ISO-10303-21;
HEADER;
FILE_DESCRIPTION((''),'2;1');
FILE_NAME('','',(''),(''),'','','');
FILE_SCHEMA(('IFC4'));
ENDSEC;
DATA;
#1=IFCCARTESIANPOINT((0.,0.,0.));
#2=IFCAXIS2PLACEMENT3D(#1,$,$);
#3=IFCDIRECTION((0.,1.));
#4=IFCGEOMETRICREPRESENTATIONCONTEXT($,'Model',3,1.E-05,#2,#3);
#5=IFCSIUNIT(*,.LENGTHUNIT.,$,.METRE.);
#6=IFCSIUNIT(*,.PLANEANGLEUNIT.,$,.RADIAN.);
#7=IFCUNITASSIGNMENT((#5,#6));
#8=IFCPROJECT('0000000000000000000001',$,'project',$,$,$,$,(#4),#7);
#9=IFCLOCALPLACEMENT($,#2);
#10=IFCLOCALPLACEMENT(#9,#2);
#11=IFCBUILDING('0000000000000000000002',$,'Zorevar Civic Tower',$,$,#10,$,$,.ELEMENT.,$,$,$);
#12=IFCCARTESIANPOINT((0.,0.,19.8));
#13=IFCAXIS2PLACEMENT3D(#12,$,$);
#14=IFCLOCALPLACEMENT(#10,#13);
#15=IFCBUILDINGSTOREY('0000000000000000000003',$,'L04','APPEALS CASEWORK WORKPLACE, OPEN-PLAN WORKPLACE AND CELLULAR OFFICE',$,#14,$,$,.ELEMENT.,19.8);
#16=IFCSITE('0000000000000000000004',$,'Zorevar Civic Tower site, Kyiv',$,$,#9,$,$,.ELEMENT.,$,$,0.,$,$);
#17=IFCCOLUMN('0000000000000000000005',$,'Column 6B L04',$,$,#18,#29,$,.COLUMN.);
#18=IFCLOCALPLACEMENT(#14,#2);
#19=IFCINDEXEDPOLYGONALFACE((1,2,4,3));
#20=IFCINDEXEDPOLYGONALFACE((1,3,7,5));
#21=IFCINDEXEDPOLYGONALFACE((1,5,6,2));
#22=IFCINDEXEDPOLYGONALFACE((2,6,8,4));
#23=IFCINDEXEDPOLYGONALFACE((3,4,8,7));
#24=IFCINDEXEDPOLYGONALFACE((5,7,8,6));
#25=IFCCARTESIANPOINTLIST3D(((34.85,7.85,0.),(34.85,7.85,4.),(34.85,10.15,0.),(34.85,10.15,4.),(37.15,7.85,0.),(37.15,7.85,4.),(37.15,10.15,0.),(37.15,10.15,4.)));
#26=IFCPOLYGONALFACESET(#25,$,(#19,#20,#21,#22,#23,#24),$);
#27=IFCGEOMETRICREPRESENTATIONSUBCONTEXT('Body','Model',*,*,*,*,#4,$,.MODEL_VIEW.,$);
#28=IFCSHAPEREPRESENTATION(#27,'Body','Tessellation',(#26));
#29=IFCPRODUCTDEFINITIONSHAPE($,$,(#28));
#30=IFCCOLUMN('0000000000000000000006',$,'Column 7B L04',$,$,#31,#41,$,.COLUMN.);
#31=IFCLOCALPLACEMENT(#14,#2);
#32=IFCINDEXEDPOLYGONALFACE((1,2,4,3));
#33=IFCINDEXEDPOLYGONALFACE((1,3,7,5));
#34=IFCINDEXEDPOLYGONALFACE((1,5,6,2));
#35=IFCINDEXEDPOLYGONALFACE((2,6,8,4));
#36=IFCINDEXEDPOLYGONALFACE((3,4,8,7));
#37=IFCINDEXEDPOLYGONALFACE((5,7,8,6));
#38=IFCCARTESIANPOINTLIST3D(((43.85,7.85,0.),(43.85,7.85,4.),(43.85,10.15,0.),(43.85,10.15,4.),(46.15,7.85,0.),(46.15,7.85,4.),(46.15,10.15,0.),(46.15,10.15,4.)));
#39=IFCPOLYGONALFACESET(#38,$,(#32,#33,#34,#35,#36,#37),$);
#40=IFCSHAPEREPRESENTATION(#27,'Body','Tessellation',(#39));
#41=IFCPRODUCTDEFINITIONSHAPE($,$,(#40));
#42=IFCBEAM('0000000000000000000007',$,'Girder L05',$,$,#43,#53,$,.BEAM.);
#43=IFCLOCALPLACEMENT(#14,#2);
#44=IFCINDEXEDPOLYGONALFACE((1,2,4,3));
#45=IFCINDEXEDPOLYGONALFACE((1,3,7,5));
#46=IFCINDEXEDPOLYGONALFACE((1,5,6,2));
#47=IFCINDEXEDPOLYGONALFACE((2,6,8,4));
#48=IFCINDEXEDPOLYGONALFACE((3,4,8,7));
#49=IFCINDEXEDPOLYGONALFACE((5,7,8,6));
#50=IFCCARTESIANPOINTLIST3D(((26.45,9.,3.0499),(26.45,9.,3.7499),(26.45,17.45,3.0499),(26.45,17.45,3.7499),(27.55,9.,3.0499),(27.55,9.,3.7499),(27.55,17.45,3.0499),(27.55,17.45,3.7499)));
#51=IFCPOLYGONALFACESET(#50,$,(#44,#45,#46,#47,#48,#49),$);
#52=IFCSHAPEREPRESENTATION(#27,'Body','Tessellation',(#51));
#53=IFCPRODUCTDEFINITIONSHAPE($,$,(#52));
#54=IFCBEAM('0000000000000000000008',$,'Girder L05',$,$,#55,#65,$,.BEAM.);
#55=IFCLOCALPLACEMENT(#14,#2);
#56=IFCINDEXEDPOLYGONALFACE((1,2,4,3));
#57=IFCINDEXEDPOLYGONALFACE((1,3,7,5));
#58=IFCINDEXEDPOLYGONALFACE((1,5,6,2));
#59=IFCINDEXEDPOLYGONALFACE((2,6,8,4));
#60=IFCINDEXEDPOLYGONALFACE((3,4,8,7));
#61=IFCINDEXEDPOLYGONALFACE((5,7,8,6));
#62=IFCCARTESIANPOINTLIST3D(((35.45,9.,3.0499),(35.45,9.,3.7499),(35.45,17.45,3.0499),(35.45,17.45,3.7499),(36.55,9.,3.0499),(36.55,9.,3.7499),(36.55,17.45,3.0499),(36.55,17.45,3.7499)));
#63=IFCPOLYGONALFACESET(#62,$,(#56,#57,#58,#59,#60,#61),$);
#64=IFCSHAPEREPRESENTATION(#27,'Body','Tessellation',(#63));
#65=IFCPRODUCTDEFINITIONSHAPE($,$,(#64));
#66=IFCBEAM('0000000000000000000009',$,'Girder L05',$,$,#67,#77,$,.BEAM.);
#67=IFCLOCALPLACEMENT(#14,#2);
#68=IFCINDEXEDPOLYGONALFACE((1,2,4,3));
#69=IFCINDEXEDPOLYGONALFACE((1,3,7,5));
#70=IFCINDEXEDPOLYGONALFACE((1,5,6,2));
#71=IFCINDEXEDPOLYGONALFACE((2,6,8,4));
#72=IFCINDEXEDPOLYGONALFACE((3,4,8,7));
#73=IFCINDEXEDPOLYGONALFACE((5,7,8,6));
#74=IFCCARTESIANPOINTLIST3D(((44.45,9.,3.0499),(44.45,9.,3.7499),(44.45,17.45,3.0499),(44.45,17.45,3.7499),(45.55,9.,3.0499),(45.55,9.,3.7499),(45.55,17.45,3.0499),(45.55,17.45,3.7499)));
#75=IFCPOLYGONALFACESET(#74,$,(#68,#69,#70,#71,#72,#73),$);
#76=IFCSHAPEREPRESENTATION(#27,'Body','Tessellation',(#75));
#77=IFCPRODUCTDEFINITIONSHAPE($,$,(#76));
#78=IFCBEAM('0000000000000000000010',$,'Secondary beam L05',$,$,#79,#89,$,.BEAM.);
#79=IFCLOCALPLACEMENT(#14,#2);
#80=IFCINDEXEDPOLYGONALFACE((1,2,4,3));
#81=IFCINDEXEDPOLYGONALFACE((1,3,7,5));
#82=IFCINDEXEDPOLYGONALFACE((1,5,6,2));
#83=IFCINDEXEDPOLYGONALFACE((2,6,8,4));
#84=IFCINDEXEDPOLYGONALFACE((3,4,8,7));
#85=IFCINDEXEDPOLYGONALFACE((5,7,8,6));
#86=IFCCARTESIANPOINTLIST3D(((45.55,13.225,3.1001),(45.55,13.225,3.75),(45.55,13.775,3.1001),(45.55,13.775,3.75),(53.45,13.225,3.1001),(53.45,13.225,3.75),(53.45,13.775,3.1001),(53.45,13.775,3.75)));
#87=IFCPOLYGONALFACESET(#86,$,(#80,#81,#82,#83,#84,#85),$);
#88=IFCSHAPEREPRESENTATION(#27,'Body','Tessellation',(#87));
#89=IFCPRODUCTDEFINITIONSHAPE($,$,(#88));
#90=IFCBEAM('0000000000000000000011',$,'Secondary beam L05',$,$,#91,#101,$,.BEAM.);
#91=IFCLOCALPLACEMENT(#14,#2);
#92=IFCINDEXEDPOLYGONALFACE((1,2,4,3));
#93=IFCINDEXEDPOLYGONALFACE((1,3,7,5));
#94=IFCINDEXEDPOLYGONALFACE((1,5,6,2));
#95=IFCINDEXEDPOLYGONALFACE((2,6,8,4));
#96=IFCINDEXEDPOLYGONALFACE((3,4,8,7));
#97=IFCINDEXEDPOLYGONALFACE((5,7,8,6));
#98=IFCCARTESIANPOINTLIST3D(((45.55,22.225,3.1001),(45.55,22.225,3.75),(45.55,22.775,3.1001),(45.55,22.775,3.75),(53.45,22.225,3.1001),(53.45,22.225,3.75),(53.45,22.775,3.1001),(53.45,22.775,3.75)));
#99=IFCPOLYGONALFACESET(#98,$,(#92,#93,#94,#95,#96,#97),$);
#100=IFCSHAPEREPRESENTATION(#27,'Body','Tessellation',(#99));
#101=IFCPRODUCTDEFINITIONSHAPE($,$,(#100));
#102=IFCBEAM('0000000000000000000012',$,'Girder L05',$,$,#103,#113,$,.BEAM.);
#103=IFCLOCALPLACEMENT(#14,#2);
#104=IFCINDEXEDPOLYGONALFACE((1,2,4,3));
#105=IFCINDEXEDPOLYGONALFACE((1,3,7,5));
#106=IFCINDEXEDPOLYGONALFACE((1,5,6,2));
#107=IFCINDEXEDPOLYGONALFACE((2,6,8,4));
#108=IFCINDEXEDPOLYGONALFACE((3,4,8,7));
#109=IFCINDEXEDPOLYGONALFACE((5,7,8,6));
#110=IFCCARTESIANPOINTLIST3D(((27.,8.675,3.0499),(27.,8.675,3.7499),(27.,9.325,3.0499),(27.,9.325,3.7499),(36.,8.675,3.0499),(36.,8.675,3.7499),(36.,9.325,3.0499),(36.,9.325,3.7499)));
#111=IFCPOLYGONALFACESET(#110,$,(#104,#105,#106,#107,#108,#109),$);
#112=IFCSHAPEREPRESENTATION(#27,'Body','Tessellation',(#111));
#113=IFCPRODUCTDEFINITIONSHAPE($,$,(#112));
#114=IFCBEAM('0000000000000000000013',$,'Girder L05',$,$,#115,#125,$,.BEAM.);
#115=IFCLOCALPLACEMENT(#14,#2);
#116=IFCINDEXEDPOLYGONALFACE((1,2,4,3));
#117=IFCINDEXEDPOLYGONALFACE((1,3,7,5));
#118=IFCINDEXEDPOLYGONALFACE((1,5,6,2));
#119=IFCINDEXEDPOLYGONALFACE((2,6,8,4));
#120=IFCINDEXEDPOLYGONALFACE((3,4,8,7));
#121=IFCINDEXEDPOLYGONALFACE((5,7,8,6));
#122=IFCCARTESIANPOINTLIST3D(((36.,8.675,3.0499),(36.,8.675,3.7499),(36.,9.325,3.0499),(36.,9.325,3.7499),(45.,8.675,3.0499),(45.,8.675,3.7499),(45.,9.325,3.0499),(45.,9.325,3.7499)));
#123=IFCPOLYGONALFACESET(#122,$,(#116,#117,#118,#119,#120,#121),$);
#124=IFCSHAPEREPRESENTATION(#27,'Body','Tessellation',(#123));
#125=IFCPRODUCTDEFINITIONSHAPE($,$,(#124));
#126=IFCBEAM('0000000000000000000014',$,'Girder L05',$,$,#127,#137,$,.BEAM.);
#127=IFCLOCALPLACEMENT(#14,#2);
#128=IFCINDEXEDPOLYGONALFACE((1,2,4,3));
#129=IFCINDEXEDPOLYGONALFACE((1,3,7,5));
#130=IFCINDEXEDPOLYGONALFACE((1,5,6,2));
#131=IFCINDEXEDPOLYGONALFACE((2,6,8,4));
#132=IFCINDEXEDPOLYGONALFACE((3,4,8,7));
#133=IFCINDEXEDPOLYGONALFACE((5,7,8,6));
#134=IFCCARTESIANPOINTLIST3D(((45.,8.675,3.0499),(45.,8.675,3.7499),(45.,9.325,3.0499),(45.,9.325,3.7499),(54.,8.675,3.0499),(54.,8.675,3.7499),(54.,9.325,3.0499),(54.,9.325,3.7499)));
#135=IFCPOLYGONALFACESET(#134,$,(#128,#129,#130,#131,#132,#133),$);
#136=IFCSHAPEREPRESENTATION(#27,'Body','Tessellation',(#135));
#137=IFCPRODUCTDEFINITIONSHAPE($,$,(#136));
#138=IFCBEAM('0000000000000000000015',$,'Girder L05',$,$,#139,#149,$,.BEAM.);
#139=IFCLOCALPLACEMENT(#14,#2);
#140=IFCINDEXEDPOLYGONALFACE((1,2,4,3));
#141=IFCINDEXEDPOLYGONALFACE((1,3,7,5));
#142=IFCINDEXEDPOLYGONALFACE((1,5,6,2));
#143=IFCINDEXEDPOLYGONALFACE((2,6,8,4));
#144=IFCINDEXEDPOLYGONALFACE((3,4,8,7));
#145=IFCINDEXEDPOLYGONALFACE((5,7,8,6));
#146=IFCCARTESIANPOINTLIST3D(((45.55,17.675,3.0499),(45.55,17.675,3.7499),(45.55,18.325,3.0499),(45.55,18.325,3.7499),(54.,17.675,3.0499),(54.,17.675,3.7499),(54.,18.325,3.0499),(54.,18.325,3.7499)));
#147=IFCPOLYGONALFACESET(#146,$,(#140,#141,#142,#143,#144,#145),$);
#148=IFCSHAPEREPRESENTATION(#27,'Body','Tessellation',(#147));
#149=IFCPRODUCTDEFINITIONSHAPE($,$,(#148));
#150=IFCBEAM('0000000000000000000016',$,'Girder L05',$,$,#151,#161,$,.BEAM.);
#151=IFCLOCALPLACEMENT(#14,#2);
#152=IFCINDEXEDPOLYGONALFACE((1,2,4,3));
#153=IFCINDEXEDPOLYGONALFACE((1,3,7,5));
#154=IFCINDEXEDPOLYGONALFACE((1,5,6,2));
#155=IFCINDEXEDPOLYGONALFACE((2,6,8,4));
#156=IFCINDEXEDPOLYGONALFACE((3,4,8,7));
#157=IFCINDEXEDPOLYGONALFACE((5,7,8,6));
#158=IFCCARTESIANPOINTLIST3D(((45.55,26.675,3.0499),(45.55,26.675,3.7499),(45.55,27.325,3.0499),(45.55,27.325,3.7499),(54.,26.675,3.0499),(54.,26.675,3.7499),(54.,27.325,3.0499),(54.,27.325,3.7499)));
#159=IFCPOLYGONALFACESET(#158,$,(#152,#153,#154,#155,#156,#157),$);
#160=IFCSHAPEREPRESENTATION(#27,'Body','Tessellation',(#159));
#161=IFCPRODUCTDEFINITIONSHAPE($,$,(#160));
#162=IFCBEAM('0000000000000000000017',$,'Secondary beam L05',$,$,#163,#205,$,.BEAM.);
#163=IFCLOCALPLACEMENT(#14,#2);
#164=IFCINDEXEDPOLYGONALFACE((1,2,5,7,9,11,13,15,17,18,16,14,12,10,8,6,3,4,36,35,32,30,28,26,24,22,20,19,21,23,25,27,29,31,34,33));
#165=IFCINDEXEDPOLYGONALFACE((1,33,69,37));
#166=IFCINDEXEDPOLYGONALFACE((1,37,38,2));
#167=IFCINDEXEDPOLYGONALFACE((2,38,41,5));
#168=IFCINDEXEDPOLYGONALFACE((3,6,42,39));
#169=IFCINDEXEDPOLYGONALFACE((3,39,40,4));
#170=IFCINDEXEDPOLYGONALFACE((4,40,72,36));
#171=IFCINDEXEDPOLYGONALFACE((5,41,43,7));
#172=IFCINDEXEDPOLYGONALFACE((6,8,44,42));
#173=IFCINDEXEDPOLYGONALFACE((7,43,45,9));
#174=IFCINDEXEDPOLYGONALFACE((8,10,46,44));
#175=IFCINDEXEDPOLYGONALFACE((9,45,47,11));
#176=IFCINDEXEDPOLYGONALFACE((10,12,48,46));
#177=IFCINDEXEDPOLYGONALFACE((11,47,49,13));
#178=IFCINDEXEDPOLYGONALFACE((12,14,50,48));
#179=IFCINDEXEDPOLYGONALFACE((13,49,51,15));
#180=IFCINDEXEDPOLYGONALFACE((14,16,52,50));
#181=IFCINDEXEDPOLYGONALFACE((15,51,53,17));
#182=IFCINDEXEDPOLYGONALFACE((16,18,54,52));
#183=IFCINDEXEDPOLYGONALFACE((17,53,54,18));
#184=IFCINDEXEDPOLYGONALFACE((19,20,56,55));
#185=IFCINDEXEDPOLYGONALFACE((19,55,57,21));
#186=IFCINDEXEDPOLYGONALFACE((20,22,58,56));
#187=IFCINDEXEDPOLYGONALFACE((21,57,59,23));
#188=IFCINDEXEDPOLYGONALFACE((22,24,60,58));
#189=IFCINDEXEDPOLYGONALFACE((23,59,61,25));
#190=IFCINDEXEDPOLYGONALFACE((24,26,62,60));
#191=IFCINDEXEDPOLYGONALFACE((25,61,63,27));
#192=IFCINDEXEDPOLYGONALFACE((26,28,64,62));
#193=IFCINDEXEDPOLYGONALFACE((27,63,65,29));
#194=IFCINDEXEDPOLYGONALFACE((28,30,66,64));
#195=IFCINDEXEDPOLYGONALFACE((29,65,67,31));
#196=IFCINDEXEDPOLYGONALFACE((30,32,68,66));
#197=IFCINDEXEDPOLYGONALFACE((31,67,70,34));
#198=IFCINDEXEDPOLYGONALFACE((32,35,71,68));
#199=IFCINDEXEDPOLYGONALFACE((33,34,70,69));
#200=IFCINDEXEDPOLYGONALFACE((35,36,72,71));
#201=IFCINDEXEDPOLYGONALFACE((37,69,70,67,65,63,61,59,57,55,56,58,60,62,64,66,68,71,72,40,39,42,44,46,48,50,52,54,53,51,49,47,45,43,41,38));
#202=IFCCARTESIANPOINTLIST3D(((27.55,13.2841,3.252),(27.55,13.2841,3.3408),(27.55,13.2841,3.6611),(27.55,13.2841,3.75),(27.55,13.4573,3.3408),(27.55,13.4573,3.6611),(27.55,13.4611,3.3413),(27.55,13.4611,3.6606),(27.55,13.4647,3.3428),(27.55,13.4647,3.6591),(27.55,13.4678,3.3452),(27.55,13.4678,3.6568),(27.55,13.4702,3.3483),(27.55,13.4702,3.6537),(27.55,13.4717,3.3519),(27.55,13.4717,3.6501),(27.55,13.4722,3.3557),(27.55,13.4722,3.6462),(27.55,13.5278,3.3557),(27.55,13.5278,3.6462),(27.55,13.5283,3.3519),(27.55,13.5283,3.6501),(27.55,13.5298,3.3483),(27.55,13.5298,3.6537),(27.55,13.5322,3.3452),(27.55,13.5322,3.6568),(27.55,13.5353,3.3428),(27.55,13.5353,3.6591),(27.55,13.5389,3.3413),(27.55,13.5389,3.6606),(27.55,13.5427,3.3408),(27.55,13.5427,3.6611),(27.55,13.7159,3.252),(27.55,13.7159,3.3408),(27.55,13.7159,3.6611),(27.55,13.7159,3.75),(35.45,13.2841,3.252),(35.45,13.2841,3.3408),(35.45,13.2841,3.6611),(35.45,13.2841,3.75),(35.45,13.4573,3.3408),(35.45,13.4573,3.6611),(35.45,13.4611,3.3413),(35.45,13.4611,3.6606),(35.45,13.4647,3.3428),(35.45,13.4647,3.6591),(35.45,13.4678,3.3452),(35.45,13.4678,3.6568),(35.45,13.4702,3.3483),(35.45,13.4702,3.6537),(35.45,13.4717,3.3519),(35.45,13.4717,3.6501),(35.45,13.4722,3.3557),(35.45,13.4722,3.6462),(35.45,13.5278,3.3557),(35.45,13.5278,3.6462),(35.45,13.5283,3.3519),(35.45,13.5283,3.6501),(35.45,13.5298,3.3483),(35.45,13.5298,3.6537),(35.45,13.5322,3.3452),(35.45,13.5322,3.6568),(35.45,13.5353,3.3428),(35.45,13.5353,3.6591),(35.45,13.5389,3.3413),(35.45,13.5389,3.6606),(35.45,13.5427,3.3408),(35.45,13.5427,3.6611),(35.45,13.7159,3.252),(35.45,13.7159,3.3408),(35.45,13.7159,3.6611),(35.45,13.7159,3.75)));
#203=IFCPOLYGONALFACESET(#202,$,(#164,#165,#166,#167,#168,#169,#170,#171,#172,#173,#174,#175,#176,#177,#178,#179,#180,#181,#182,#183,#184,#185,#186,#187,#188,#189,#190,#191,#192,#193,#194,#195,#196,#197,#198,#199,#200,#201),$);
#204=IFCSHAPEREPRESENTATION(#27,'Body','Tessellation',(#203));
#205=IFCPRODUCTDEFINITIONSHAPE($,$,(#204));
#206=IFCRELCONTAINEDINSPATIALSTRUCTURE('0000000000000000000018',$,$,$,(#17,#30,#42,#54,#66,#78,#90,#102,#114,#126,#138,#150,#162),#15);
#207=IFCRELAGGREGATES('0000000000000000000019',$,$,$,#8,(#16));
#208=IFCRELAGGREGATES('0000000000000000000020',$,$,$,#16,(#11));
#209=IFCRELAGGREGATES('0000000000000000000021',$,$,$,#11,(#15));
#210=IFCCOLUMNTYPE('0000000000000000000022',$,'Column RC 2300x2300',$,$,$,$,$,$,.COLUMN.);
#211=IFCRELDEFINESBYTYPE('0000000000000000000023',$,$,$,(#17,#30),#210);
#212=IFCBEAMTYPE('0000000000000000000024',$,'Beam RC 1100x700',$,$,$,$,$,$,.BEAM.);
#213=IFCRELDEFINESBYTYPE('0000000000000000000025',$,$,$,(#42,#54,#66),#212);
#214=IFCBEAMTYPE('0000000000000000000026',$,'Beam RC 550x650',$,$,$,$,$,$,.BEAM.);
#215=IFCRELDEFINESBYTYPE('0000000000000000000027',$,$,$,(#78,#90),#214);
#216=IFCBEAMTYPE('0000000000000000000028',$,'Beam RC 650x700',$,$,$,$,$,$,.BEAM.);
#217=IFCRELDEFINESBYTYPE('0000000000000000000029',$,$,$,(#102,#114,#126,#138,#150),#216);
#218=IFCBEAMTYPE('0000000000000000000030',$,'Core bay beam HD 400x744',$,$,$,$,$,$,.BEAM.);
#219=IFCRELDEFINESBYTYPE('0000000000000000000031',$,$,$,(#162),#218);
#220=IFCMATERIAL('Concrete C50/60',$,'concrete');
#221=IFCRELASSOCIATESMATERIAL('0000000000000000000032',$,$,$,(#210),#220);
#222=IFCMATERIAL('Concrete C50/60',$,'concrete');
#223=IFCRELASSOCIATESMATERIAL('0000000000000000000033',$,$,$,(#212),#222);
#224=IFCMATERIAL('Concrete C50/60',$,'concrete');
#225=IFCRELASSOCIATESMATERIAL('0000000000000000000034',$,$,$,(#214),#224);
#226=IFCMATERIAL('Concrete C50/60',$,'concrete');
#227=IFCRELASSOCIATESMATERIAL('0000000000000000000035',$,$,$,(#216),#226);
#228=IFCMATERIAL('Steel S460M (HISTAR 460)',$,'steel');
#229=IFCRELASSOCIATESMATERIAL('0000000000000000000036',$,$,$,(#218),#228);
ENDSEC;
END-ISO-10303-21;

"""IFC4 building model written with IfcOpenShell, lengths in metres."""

from ifc_helpers import new_model, si_unit, direction, frame, origin, origin_2d, place, context, subcontext, project, spatial, rectangle, i_section, extrude, material, material_profile, profile_set, type_object, element, save


model = new_model("IFC4")

# Units and contexts
model_context = context("Model", 3, precision=1e-05, world=origin(), true_north=direction((0.0, 1.0)))
body_context = subcontext(model_context, "Body", "Model", "MODEL_VIEW")
ifc_project = project(units=[si_unit("LENGTHUNIT", "METRE"), si_unit("PLANEANGLEUNIT", "RADIAN")], contexts=[model_context])

# Site, building, storey
site_placement = place(None, origin())
site = spatial("IfcSite", under=ifc_project, at=site_placement, Name="Zorevar Civic Tower site, Kyiv", CompositionType="ELEMENT", RefElevation=0.0)
building_placement = place(site_placement, origin())
building = spatial("IfcBuilding", under=site, at=building_placement, Name="Zorevar Civic Tower", CompositionType="ELEMENT")
storey_placement = place(building_placement, frame((0.0, 0.0, 19.8)))
storey = spatial("IfcBuildingStorey", under=building, at=storey_placement, Name="L04", Description="APPEALS CASEWORK WORKPLACE, OPEN-PLAN WORKPLACE AND CELLULAR OFFICE", CompositionType="ELEMENT", Elevation=19.8)

# Columns
ifc_material_1 = material(Name="Concrete C50/60", Category="concrete")
ifc_material_profile_1 = material_profile(ifc_material_1, rectangle(XDim=2.3, YDim=2.3, at=origin_2d()), Name="RC 2300x2300")
ifc_profile_set_1 = profile_set([ifc_material_profile_1], Name="Concrete C50/60")
column_type = type_object("IfcColumnType", Name="Column RC 2300x2300", PredefinedType="COLUMN", material=ifc_profile_set_1)
for number, where, z_axis, x_axis, name in (
    (1, (36.0, 9.0, 0.0), (0.0, 0.0, 1.0), (1.0, 0.0, 0.0), "Column 6B L04"),
    (2, (45.0, 9.0, 0.0), (0.0, 0.0, 1.0), (1.0, 0.0, 0.0), "Column 7B L04"),
):
    element("IfcColumn", number, at=place(storey_placement, frame(where, z_axis=z_axis, x_axis=x_axis)), inside=storey, type_object=column_type, Name=name, PredefinedType="COLUMN", context=body_context, shape_type="SweptSolid", body=[
        extrude(rectangle(XDim=2.3, YDim=2.3, at=origin_2d()), origin(), (0.0, 0.0, 1.0), 4.0),
    ])

# Beams
ifc_material_2 = material(Name="Concrete C50/60", Category="concrete")
ifc_material_profile_2 = material_profile(ifc_material_2, rectangle(XDim=1.1001, YDim=0.7, at=origin_2d()), Name="RC 1100x700")
ifc_profile_set_2 = profile_set([ifc_material_profile_2], Name="Concrete C50/60")
beam_type_1 = type_object("IfcBeamType", Name="Beam RC 1100x700", PredefinedType="BEAM", material=ifc_profile_set_2)
for number, where, z_axis, x_axis, name in (
    (3, (27.0, 9.0, 3.3999), (0.0, 1.0, 0.0), (-1.0, 0.0, 0.0), "Girder L05"),
    (4, (36.0, 9.0, 3.3999), (0.0, 1.0, 0.0), (-1.0, 0.0, 0.0), "Girder L05"),
    (5, (45.0, 9.0, 3.3999), (0.0, 1.0, 0.0), (-1.0, 0.0, 0.0), "Girder L05"),
):
    element("IfcBeam", number, at=place(storey_placement, frame(where, z_axis=z_axis, x_axis=x_axis)), inside=storey, type_object=beam_type_1, Name=name, PredefinedType="BEAM", context=body_context, shape_type="SweptSolid", body=[
        extrude(rectangle(XDim=1.1001, YDim=0.7, at=origin_2d()), origin(), (0.0, 0.0, 1.0), 8.45),
    ])
ifc_material_3 = material(Name="Concrete C50/60", Category="concrete")
ifc_material_profile_3 = material_profile(ifc_material_3, rectangle(XDim=0.55, YDim=0.6499, at=origin_2d()), Name="RC 550x650")
ifc_profile_set_3 = profile_set([ifc_material_profile_3], Name="Concrete C50/60")
beam_type_2 = type_object("IfcBeamType", Name="Beam RC 550x650", PredefinedType="BEAM", material=ifc_profile_set_3)
for number, where, z_axis, x_axis, name in (
    (6, (45.55, 13.5, 3.425), (1.0, 0.0, 0.0), (0.0, 1.0, 0.0), "Secondary beam L05"),
    (7, (45.55, 22.5, 3.425), (1.0, 0.0, 0.0), (0.0, 1.0, 0.0), "Secondary beam L05"),
):
    element("IfcBeam", number, at=place(storey_placement, frame(where, z_axis=z_axis, x_axis=x_axis)), inside=storey, type_object=beam_type_2, Name=name, PredefinedType="BEAM", context=body_context, shape_type="SweptSolid", body=[
        extrude(rectangle(XDim=0.55, YDim=0.6499, at=origin_2d()), origin(), (0.0, 0.0, 1.0), 7.8999),
    ])
ifc_material_4 = material(Name="Concrete C50/60", Category="concrete")
ifc_material_profile_4 = material_profile(ifc_material_4, rectangle(XDim=0.6499, YDim=0.7, at=origin_2d()), Name="RC 650x700")
ifc_profile_set_4 = profile_set([ifc_material_profile_4], Name="Concrete C50/60")
beam_type_3 = type_object("IfcBeamType", Name="Beam RC 650x700", PredefinedType="BEAM", material=ifc_profile_set_4)
for number, where, z_axis, x_axis, name in (
    (8, (27.0, 9.0, 3.3999), (1.0, 0.0, 0.0), (0.0, 1.0, 0.0), "Girder L05"),
    (9, (36.0, 9.0, 3.3999), (1.0, 0.0, 0.0), (0.0, 1.0, 0.0), "Girder L05"),
    (10, (45.0, 9.0, 3.3999), (1.0, 0.0, 0.0), (0.0, 1.0, 0.0), "Girder L05"),
):
    element("IfcBeam", number, at=place(storey_placement, frame(where, z_axis=z_axis, x_axis=x_axis)), inside=storey, type_object=beam_type_3, Name=name, PredefinedType="BEAM", context=body_context, shape_type="SweptSolid", body=[
        extrude(rectangle(XDim=0.6499, YDim=0.7, at=origin_2d()), origin(), (0.0, 0.0, 1.0), 9.0),
    ])
for number, where, z_axis, x_axis, name in (
    (11, (45.55, 18.0, 3.3999), (1.0, 0.0, 0.0), (0.0, 1.0, 0.0), "Girder L05"),
    (12, (45.55, 27.0, 3.3999), (1.0, 0.0, 0.0), (0.0, 1.0, 0.0), "Girder L05"),
):
    element("IfcBeam", number, at=place(storey_placement, frame(where, z_axis=z_axis, x_axis=x_axis)), inside=storey, type_object=beam_type_3, Name=name, PredefinedType="BEAM", context=body_context, shape_type="SweptSolid", body=[
        extrude(rectangle(XDim=0.6499, YDim=0.7, at=origin_2d()), origin(), (0.0, 0.0, 1.0), 8.45),
    ])
ifc_material_5 = material(Name="Steel S460M (HISTAR 460)", Category="steel")
ifc_material_profile_5 = material_profile(ifc_material_5, i_section(OverallWidth=0.4319, OverallDepth=0.498, WebThickness=0.0557, FlangeThickness=0.0889, FilletRadius=0.0149, at=origin_2d()), Name="HD 400x744")
ifc_profile_set_5 = profile_set([ifc_material_profile_5], Name="Steel S460M (HISTAR 460)")
beam_type_4 = type_object("IfcBeamType", Name="Core bay beam HD 400x744", PredefinedType="BEAM", material=ifc_profile_set_5)
for number, where, z_axis, x_axis, name in (
    (13, (27.55, 13.5, 3.501), (1.0, 0.0, 0.0), (0.0, 1.0, 0.0), "Secondary beam L05"),
):
    element("IfcBeam", number, at=place(storey_placement, frame(where, z_axis=z_axis, x_axis=x_axis)), inside=storey, type_object=beam_type_4, Name=name, PredefinedType="BEAM", context=body_context, shape_type="SweptSolid", body=[
        extrude(i_section(OverallWidth=0.4319, OverallDepth=0.498, WebThickness=0.0557, FlangeThickness=0.0889, FilletRadius=0.0149, at=origin_2d()), origin(), (0.0, 0.0, 1.0), 7.8999),
    ])

save(model, "model.ifc")
